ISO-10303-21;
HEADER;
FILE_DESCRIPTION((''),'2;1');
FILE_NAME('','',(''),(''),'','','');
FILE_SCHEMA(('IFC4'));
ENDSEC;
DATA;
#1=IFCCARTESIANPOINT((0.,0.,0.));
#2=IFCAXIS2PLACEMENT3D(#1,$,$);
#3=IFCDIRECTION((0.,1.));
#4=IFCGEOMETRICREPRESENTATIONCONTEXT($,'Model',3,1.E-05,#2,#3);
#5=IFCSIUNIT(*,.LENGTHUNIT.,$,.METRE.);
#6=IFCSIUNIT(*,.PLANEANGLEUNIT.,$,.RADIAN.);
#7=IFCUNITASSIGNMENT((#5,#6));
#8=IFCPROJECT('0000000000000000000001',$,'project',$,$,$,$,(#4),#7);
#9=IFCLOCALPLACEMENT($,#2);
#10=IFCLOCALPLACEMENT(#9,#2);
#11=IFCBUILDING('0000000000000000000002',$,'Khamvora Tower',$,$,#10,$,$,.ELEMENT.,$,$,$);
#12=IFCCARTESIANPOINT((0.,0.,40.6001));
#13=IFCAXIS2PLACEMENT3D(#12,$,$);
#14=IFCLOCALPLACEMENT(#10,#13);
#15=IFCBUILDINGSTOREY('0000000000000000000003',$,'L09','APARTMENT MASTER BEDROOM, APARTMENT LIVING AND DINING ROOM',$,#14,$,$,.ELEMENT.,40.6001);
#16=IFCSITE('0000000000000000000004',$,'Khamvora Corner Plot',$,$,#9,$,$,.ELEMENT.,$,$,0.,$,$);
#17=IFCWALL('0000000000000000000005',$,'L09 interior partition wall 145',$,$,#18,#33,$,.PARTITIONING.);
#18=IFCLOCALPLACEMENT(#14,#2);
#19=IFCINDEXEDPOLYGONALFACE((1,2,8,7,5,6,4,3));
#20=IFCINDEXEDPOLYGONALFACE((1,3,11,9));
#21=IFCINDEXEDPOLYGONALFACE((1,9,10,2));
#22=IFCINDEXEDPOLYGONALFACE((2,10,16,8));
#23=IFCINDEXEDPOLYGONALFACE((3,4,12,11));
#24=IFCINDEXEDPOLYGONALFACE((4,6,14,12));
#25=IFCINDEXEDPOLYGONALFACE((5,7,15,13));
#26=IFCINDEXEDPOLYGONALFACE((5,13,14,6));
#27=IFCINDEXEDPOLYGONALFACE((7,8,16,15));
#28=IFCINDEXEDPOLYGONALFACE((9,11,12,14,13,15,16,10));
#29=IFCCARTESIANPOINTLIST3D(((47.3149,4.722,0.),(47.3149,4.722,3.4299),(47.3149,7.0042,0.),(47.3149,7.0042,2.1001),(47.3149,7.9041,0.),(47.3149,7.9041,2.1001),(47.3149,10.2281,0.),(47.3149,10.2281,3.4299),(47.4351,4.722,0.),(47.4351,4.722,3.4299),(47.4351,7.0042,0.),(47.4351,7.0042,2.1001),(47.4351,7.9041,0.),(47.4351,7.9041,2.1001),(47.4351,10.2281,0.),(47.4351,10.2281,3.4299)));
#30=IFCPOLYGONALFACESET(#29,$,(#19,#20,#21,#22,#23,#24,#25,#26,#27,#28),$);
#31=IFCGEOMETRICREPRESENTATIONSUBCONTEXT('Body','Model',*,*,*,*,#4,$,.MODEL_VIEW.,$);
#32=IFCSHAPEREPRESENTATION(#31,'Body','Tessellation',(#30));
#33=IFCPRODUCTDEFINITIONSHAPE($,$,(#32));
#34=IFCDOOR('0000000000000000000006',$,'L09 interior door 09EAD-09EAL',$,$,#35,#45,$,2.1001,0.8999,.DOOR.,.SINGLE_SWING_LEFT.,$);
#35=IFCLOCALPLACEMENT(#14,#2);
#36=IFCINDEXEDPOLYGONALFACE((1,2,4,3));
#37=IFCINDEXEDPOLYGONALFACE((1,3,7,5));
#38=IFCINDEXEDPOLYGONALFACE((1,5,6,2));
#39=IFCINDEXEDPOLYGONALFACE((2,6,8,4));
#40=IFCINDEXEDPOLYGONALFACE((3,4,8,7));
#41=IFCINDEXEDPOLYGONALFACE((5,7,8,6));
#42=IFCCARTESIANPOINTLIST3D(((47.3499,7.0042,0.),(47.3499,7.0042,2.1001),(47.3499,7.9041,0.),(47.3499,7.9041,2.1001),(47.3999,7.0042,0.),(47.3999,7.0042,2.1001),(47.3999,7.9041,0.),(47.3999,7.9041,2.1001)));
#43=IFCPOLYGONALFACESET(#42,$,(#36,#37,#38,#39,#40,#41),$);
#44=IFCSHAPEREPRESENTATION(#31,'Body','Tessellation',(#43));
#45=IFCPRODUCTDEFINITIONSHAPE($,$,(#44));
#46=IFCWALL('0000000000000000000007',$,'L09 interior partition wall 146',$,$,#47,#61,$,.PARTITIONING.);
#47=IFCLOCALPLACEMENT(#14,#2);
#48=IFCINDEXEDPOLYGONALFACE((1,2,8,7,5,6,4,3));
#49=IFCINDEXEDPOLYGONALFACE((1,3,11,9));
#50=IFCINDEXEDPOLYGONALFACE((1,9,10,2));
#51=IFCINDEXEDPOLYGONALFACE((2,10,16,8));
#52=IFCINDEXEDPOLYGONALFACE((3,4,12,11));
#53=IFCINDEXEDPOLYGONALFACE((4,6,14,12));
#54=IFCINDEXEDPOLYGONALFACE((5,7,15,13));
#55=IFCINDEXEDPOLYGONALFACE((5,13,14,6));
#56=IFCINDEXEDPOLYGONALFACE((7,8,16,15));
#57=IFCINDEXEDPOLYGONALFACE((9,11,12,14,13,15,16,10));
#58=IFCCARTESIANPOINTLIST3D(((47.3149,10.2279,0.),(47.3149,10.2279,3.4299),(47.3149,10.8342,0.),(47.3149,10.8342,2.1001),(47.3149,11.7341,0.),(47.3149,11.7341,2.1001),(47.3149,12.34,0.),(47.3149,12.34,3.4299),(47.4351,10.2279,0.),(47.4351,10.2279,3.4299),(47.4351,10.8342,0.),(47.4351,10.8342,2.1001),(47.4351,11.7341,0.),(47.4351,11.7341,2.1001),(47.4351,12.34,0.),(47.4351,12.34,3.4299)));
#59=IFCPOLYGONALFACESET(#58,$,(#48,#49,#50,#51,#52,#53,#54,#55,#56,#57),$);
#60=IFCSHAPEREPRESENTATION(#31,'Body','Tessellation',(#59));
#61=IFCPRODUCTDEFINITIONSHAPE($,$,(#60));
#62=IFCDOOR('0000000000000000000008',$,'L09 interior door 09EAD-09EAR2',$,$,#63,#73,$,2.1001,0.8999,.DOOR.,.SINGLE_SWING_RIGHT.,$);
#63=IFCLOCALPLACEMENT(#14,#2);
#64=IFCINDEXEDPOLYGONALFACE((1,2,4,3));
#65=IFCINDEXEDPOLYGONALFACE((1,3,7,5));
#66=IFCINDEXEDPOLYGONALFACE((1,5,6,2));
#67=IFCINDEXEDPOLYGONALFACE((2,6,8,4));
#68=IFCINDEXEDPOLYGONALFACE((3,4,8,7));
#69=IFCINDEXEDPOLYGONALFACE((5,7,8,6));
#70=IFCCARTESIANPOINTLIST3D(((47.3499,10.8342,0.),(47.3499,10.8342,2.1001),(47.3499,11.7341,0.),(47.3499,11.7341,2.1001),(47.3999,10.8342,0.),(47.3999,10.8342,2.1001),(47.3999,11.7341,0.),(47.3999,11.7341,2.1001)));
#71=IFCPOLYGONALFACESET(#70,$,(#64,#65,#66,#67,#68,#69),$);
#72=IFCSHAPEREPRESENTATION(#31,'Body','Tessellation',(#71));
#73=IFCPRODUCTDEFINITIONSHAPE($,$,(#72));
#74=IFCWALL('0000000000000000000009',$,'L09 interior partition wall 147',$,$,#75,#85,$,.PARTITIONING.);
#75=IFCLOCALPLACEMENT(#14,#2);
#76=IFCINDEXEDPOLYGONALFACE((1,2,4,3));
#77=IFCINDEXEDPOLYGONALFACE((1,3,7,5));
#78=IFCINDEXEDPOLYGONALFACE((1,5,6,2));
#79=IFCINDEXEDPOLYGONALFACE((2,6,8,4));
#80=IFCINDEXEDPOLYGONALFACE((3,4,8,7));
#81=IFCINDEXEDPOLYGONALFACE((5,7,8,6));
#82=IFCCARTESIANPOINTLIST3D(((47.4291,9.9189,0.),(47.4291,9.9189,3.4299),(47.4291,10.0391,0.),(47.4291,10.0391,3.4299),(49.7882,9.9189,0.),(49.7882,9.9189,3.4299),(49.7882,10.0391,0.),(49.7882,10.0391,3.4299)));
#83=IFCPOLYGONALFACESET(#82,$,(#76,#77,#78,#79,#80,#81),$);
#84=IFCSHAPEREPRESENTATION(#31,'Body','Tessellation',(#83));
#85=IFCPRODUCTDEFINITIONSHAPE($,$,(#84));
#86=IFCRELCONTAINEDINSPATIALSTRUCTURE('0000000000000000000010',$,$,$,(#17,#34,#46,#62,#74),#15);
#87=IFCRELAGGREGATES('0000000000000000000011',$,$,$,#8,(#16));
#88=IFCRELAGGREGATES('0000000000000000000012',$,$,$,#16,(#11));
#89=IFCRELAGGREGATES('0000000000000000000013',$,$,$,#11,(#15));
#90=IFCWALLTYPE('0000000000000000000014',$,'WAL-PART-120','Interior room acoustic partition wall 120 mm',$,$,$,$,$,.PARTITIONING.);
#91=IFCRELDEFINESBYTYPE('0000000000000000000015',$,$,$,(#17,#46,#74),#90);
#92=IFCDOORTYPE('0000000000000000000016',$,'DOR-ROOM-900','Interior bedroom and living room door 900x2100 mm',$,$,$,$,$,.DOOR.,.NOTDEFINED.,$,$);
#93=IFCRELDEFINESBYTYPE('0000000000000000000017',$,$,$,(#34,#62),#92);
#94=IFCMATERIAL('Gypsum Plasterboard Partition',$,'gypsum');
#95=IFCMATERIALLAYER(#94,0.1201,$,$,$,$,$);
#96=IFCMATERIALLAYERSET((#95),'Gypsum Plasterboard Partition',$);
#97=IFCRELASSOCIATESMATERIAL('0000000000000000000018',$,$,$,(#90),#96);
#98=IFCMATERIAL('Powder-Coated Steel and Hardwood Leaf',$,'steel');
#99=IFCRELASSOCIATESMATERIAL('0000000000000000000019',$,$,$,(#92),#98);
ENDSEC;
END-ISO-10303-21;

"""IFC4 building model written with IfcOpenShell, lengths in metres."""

from ifc_helpers import new_model, si_unit, direction, frame, frame_2d, origin, place, context, subcontext, project, spatial, rectangle, extrude, material, layer, layer_set, type_object, element, fill, save


model = new_model("IFC4")

# Units and contexts
model_context = context("Model", 3, precision=1e-05, world=origin(), true_north=direction((0.0, 1.0)))
body_context = subcontext(model_context, "Body", "Model", "MODEL_VIEW")
ifc_project = project(units=[si_unit("LENGTHUNIT", "METRE"), si_unit("PLANEANGLEUNIT", "RADIAN")], contexts=[model_context])

# Site, building, storey
site_placement = place(None, origin())
site = spatial("IfcSite", under=ifc_project, at=site_placement, Name="Khamvora Corner Plot", CompositionType="ELEMENT", RefElevation=0.0)
building_placement = place(site_placement, origin())
building = spatial("IfcBuilding", under=site, at=building_placement, Name="Khamvora Tower", CompositionType="ELEMENT")
storey_placement = place(building_placement, frame((0.0, 0.0, 40.6001)))
storey = spatial("IfcBuildingStorey", under=building, at=storey_placement, Name="L09", Description="APARTMENT MASTER BEDROOM, APARTMENT LIVING AND DINING ROOM", CompositionType="ELEMENT", Elevation=40.6001)

# Shared definitions
ifc_material_1 = material(Name="Gypsum Plasterboard Partition", Category="gypsum")
ifc_layer_1 = layer(ifc_material_1, 0.1201)
ifc_layer_set_1 = layer_set([ifc_layer_1], Name="Gypsum Plasterboard Partition")
wall_type_1 = type_object("IfcWallType", Name="WAL-PART-120", Description="Interior room acoustic partition wall 120 mm", PredefinedType="PARTITIONING", material=ifc_layer_set_1)
ifc_material_2 = material(Name="Powder-Coated Steel and Hardwood Leaf", Category="steel")
door_type = type_object("IfcDoorType", Name="DOR-ROOM-900", Description="Interior bedroom and living room door 900x2100 mm", OperationType="NOTDEFINED", PredefinedType="DOOR", material=ifc_material_2)

# Walls, openings, doors
wall_1_placement = place(storey_placement, frame((47.375, 10.228, 0.0), z_axis=(0.0, 0.0, 1.0), x_axis=(0.0, -1.0, 0.0)))
wall_1 = element("IfcWall", 1, at=wall_1_placement, inside=storey, type_object=wall_type_1, Name="L09 interior partition wall 145", PredefinedType="PARTITIONING", context=body_context, shape_type="SweptSolid", body=[
    extrude(rectangle(XDim=5.5061, YDim=0.1201, at=frame_2d((2.7529, 0.0))), origin(), (0.0, 0.0, 1.0), 3.4299),
])
opening_1_placement = place(wall_1_placement, frame((2.324, 0.0, 0.0)))
opening_1 = element("IfcOpeningElement", 2, at=opening_1_placement, cuts=wall_1, PredefinedType="OPENING", context=body_context, shape_type="SweptSolid", body=[
    extrude(rectangle(XDim=0.8999, YDim=2.1001, at=frame_2d((0.45, 1.05))), frame((0.0, 0.0701, 0.0), z_axis=(0.0, -1.0, 0.0), x_axis=(1.0, 0.0, 0.0)), (0.0, 0.0, 1.0), 0.1401),
])
door_1_placement = place(opening_1_placement, origin())
door_1 = element("IfcDoor", 3, at=door_1_placement, inside=storey, type_object=door_type, Name="L09 interior door 09EAD-09EAL", OperationType="SINGLE_SWING_LEFT", OverallHeight=2.1001, OverallWidth=0.8999, PredefinedType="DOOR", context=body_context, shape_type="SweptSolid", body=[
    extrude(rectangle(XDim=0.8999, YDim=2.1001, at=frame_2d((0.45, 1.05))), frame((0.0, 0.0249, 0.0), z_axis=(0.0, -1.0, 0.0), x_axis=(1.0, 0.0, 0.0)), (0.0, 0.0, 1.0), 0.05),
])
fill(opening_1, door_1)
wall_2_placement = place(storey_placement, frame((47.375, 12.3401, 0.0), z_axis=(0.0, 0.0, 1.0), x_axis=(0.0, -1.0, 0.0)))
wall_2 = element("IfcWall", 4, at=wall_2_placement, inside=storey, type_object=wall_type_1, Name="L09 interior partition wall 146", PredefinedType="PARTITIONING", context=body_context, shape_type="SweptSolid", body=[
    extrude(rectangle(XDim=2.1121, YDim=0.1201, at=frame_2d((1.0562, 0.0))), origin(), (0.0, 0.0, 1.0), 3.4299),
])
opening_2_placement = place(wall_2_placement, frame((0.606, 0.0, 0.0)))
opening_2 = element("IfcOpeningElement", 5, at=opening_2_placement, cuts=wall_2, PredefinedType="OPENING", context=body_context, shape_type="SweptSolid", body=[
    extrude(rectangle(XDim=0.8999, YDim=2.1001, at=frame_2d((0.45, 1.05))), frame((0.0, 0.0701, 0.0), z_axis=(0.0, -1.0, 0.0), x_axis=(1.0, 0.0, 0.0)), (0.0, 0.0, 1.0), 0.1401),
])
door_2_placement = place(opening_2_placement, origin())
door_2 = element("IfcDoor", 6, at=door_2_placement, inside=storey, type_object=door_type, Name="L09 interior door 09EAD-09EAR2", OperationType="SINGLE_SWING_RIGHT", OverallHeight=2.1001, OverallWidth=0.8999, PredefinedType="DOOR", context=body_context, shape_type="SweptSolid", body=[
    extrude(rectangle(XDim=0.8999, YDim=2.1001, at=frame_2d((0.45, 1.05))), frame((0.0, 0.0249, 0.0), z_axis=(0.0, -1.0, 0.0), x_axis=(1.0, 0.0, 0.0)), (0.0, 0.0, 1.0), 0.05),
])
fill(opening_2, door_2)

# Wall
wall_3_placement = place(storey_placement, frame((47.429, 9.979, 0.0), z_axis=(0.0, 0.0, 1.0), x_axis=(1.0, 0.0, 0.0)))
element("IfcWall", 7, at=wall_3_placement, inside=storey, type_object=wall_type_1, Name="L09 interior partition wall 147", PredefinedType="PARTITIONING", context=body_context, shape_type="SweptSolid", body=[
    extrude(rectangle(XDim=2.3591, YDim=0.1201, at=frame_2d((1.1797, 0.0))), origin(), (0.0, 0.0, 1.0), 3.4299),
])

save(model, "model.ifc")
